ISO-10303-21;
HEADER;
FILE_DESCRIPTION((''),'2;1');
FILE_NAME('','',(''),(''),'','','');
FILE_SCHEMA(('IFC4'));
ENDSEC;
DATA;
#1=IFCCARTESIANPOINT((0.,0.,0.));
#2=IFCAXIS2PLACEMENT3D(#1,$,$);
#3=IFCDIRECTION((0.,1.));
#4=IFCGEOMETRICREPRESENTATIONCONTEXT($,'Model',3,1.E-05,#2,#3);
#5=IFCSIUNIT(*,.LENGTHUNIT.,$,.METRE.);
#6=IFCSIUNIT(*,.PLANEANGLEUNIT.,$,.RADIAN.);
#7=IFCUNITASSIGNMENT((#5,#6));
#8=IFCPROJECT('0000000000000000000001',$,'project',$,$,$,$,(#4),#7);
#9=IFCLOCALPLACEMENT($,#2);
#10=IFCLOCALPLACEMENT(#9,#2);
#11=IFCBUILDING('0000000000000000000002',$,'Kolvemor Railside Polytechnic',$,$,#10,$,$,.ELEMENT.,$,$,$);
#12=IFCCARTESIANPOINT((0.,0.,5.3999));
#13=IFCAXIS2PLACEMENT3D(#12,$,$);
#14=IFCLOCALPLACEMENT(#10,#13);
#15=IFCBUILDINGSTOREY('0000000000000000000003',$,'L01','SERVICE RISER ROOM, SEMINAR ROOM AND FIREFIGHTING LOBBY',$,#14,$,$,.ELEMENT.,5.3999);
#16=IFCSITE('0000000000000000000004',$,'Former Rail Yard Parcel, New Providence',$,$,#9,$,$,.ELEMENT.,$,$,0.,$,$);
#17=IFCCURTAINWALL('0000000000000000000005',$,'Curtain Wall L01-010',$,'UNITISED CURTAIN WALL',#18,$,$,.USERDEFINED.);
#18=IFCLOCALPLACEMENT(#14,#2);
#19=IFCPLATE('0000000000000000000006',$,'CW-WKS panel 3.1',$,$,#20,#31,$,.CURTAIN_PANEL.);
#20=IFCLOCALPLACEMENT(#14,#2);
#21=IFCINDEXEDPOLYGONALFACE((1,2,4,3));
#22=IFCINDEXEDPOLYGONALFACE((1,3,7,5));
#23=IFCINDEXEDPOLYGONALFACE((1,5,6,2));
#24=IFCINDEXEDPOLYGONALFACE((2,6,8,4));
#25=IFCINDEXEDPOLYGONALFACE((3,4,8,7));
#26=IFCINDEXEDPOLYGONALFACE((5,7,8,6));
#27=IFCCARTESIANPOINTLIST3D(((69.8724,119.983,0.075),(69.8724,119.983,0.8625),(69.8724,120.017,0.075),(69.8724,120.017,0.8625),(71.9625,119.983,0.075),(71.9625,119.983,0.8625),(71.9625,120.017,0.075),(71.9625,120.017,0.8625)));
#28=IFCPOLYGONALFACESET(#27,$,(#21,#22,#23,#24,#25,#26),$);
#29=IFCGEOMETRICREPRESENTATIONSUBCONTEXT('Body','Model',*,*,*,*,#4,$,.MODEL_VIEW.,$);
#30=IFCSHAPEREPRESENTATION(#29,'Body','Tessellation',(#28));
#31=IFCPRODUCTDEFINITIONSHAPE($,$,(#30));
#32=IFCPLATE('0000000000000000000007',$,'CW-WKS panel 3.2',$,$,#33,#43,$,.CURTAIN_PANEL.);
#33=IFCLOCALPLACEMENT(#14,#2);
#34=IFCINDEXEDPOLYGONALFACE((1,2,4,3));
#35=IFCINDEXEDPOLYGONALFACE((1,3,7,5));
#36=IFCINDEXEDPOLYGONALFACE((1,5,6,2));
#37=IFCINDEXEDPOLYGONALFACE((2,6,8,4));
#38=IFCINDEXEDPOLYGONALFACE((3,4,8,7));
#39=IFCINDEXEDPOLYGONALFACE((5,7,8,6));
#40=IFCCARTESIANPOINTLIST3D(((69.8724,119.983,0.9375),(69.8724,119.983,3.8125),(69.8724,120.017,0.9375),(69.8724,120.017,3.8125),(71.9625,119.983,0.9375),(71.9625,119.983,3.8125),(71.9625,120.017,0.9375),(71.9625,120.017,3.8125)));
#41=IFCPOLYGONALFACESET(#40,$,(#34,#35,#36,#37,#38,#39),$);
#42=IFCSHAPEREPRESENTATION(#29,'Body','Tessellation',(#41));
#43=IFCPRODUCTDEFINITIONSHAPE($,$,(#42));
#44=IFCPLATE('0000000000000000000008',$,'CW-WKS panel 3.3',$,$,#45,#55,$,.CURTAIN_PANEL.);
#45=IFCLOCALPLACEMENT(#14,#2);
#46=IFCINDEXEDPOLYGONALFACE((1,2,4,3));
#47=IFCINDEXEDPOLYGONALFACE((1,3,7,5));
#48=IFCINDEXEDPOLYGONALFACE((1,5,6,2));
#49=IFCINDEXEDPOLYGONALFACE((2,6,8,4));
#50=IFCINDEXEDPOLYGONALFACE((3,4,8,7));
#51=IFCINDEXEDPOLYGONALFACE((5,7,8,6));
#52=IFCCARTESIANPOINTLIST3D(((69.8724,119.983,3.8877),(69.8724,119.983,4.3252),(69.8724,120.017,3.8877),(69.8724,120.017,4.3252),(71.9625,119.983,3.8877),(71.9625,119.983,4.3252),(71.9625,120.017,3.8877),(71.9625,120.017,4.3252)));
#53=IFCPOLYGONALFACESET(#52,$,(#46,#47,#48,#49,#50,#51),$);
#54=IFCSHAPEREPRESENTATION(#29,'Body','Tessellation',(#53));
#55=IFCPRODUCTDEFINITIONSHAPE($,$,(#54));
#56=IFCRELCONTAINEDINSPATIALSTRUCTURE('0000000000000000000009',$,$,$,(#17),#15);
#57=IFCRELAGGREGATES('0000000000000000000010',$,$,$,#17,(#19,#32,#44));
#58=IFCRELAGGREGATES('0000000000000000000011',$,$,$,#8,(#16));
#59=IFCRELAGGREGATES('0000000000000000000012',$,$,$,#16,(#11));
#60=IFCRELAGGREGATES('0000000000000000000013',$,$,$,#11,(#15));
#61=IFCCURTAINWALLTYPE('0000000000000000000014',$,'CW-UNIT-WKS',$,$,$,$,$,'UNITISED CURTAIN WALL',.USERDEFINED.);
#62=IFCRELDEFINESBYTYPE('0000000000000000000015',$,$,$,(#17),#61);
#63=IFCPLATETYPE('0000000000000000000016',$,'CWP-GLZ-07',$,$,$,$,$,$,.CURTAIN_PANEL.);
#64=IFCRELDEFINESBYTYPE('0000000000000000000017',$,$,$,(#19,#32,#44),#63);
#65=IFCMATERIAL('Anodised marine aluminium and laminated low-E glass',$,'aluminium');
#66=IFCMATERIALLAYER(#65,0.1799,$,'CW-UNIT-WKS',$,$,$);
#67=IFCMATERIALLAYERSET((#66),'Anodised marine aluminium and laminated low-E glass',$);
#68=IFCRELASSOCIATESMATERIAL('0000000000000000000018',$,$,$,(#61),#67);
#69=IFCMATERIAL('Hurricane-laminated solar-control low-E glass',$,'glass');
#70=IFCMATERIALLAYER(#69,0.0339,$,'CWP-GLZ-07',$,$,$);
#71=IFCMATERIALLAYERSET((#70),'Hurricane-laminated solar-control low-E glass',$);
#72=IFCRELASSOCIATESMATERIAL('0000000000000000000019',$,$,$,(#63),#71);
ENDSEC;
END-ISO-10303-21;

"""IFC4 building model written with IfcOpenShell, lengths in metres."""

from ifc_helpers import new_model, si_unit, direction, frame, origin, origin_2d, place, context, subcontext, project, spatial, rectangle, extrude, material, layer, layer_set, type_object, element, aggregate, save


model = new_model("IFC4")

# Units and contexts
model_context = context("Model", 3, precision=1e-05, world=origin(), true_north=direction((0.0, 1.0)))
body_context = subcontext(model_context, "Body", "Model", "MODEL_VIEW")
ifc_project = project(units=[si_unit("LENGTHUNIT", "METRE"), si_unit("PLANEANGLEUNIT", "RADIAN")], contexts=[model_context])

# Site, building, storey
site_placement = place(None, origin())
site = spatial("IfcSite", under=ifc_project, at=site_placement, Name="Former Rail Yard Parcel, New Providence", CompositionType="ELEMENT", RefElevation=0.0)
building_placement = place(site_placement, origin())
building = spatial("IfcBuilding", under=site, at=building_placement, Name="Kolvemor Railside Polytechnic", CompositionType="ELEMENT")
storey_placement = place(building_placement, frame((0.0, 0.0, 5.3999)))
storey = spatial("IfcBuildingStorey", under=building, at=storey_placement, Name="L01", Description="SERVICE RISER ROOM, SEMINAR ROOM AND FIREFIGHTING LOBBY", CompositionType="ELEMENT", Elevation=5.3999)

# Curtain wall, plates
ifc_material_1 = material(Name="Anodised marine aluminium and laminated low-E glass", Category="aluminium")
ifc_layer_1 = layer(ifc_material_1, 0.1799, Name="CW-UNIT-WKS")
ifc_layer_set_1 = layer_set([ifc_layer_1], Name="Anodised marine aluminium and laminated low-E glass")
curtain_wall_type = type_object("IfcCurtainWallType", Name="CW-UNIT-WKS", ElementType="UNITISED CURTAIN WALL", PredefinedType="USERDEFINED", material=ifc_layer_set_1)
curtain_wall_placement = place(storey_placement, origin())
curtain_wall = element("IfcCurtainWall", 1, at=curtain_wall_placement, inside=storey, type_object=curtain_wall_type, Name="Curtain Wall L01-010", ObjectType="UNITISED CURTAIN WALL", PredefinedType="USERDEFINED")
ifc_material_2 = material(Name="Hurricane-laminated solar-control low-E glass", Category="glass")
ifc_layer_2 = layer(ifc_material_2, 0.0339, Name="CWP-GLZ-07")
ifc_layer_set_2 = layer_set([ifc_layer_2], Name="Hurricane-laminated solar-control low-E glass")
plate_type = type_object("IfcPlateType", Name="CWP-GLZ-07", PredefinedType="CURTAIN_PANEL", material=ifc_layer_set_2)
plate_1_placement = place(storey_placement, frame((70.9175, 120.0, 0.075), z_axis=(0.0, 0.0, 1.0), x_axis=(-1.0, 0.0, 0.0)))
plate_1 = element("IfcPlate", 2, at=plate_1_placement, type_object=plate_type, Name="CW-WKS panel 3.1", PredefinedType="CURTAIN_PANEL", context=body_context, shape_type="SweptSolid", body=[
    extrude(rectangle(XDim=2.0901, YDim=0.0339, at=origin_2d()), origin(), (0.0, 0.0, 1.0), 0.7876),
])
plate_2_placement = place(storey_placement, frame((70.9175, 120.0, 0.9375), z_axis=(0.0, 0.0, 1.0), x_axis=(-1.0, 0.0, 0.0)))
plate_2 = element("IfcPlate", 3, at=plate_2_placement, type_object=plate_type, Name="CW-WKS panel 3.2", PredefinedType="CURTAIN_PANEL", context=body_context, shape_type="SweptSolid", body=[
    extrude(rectangle(XDim=2.0901, YDim=0.0339, at=origin_2d()), origin(), (0.0, 0.0, 1.0), 2.875),
])
plate_3_placement = place(storey_placement, frame((70.9175, 120.0, 3.8877), z_axis=(0.0, 0.0, 1.0), x_axis=(-1.0, 0.0, 0.0)))
plate_3 = element("IfcPlate", 4, at=plate_3_placement, type_object=plate_type, Name="CW-WKS panel 3.3", PredefinedType="CURTAIN_PANEL", context=body_context, shape_type="SweptSolid", body=[
    extrude(rectangle(XDim=2.0901, YDim=0.0339, at=origin_2d()), origin(), (0.0, 0.0, 1.0), 0.4375),
])
aggregate(curtain_wall, [plate_1, plate_2, plate_3])

save(model, "model.ifc")
